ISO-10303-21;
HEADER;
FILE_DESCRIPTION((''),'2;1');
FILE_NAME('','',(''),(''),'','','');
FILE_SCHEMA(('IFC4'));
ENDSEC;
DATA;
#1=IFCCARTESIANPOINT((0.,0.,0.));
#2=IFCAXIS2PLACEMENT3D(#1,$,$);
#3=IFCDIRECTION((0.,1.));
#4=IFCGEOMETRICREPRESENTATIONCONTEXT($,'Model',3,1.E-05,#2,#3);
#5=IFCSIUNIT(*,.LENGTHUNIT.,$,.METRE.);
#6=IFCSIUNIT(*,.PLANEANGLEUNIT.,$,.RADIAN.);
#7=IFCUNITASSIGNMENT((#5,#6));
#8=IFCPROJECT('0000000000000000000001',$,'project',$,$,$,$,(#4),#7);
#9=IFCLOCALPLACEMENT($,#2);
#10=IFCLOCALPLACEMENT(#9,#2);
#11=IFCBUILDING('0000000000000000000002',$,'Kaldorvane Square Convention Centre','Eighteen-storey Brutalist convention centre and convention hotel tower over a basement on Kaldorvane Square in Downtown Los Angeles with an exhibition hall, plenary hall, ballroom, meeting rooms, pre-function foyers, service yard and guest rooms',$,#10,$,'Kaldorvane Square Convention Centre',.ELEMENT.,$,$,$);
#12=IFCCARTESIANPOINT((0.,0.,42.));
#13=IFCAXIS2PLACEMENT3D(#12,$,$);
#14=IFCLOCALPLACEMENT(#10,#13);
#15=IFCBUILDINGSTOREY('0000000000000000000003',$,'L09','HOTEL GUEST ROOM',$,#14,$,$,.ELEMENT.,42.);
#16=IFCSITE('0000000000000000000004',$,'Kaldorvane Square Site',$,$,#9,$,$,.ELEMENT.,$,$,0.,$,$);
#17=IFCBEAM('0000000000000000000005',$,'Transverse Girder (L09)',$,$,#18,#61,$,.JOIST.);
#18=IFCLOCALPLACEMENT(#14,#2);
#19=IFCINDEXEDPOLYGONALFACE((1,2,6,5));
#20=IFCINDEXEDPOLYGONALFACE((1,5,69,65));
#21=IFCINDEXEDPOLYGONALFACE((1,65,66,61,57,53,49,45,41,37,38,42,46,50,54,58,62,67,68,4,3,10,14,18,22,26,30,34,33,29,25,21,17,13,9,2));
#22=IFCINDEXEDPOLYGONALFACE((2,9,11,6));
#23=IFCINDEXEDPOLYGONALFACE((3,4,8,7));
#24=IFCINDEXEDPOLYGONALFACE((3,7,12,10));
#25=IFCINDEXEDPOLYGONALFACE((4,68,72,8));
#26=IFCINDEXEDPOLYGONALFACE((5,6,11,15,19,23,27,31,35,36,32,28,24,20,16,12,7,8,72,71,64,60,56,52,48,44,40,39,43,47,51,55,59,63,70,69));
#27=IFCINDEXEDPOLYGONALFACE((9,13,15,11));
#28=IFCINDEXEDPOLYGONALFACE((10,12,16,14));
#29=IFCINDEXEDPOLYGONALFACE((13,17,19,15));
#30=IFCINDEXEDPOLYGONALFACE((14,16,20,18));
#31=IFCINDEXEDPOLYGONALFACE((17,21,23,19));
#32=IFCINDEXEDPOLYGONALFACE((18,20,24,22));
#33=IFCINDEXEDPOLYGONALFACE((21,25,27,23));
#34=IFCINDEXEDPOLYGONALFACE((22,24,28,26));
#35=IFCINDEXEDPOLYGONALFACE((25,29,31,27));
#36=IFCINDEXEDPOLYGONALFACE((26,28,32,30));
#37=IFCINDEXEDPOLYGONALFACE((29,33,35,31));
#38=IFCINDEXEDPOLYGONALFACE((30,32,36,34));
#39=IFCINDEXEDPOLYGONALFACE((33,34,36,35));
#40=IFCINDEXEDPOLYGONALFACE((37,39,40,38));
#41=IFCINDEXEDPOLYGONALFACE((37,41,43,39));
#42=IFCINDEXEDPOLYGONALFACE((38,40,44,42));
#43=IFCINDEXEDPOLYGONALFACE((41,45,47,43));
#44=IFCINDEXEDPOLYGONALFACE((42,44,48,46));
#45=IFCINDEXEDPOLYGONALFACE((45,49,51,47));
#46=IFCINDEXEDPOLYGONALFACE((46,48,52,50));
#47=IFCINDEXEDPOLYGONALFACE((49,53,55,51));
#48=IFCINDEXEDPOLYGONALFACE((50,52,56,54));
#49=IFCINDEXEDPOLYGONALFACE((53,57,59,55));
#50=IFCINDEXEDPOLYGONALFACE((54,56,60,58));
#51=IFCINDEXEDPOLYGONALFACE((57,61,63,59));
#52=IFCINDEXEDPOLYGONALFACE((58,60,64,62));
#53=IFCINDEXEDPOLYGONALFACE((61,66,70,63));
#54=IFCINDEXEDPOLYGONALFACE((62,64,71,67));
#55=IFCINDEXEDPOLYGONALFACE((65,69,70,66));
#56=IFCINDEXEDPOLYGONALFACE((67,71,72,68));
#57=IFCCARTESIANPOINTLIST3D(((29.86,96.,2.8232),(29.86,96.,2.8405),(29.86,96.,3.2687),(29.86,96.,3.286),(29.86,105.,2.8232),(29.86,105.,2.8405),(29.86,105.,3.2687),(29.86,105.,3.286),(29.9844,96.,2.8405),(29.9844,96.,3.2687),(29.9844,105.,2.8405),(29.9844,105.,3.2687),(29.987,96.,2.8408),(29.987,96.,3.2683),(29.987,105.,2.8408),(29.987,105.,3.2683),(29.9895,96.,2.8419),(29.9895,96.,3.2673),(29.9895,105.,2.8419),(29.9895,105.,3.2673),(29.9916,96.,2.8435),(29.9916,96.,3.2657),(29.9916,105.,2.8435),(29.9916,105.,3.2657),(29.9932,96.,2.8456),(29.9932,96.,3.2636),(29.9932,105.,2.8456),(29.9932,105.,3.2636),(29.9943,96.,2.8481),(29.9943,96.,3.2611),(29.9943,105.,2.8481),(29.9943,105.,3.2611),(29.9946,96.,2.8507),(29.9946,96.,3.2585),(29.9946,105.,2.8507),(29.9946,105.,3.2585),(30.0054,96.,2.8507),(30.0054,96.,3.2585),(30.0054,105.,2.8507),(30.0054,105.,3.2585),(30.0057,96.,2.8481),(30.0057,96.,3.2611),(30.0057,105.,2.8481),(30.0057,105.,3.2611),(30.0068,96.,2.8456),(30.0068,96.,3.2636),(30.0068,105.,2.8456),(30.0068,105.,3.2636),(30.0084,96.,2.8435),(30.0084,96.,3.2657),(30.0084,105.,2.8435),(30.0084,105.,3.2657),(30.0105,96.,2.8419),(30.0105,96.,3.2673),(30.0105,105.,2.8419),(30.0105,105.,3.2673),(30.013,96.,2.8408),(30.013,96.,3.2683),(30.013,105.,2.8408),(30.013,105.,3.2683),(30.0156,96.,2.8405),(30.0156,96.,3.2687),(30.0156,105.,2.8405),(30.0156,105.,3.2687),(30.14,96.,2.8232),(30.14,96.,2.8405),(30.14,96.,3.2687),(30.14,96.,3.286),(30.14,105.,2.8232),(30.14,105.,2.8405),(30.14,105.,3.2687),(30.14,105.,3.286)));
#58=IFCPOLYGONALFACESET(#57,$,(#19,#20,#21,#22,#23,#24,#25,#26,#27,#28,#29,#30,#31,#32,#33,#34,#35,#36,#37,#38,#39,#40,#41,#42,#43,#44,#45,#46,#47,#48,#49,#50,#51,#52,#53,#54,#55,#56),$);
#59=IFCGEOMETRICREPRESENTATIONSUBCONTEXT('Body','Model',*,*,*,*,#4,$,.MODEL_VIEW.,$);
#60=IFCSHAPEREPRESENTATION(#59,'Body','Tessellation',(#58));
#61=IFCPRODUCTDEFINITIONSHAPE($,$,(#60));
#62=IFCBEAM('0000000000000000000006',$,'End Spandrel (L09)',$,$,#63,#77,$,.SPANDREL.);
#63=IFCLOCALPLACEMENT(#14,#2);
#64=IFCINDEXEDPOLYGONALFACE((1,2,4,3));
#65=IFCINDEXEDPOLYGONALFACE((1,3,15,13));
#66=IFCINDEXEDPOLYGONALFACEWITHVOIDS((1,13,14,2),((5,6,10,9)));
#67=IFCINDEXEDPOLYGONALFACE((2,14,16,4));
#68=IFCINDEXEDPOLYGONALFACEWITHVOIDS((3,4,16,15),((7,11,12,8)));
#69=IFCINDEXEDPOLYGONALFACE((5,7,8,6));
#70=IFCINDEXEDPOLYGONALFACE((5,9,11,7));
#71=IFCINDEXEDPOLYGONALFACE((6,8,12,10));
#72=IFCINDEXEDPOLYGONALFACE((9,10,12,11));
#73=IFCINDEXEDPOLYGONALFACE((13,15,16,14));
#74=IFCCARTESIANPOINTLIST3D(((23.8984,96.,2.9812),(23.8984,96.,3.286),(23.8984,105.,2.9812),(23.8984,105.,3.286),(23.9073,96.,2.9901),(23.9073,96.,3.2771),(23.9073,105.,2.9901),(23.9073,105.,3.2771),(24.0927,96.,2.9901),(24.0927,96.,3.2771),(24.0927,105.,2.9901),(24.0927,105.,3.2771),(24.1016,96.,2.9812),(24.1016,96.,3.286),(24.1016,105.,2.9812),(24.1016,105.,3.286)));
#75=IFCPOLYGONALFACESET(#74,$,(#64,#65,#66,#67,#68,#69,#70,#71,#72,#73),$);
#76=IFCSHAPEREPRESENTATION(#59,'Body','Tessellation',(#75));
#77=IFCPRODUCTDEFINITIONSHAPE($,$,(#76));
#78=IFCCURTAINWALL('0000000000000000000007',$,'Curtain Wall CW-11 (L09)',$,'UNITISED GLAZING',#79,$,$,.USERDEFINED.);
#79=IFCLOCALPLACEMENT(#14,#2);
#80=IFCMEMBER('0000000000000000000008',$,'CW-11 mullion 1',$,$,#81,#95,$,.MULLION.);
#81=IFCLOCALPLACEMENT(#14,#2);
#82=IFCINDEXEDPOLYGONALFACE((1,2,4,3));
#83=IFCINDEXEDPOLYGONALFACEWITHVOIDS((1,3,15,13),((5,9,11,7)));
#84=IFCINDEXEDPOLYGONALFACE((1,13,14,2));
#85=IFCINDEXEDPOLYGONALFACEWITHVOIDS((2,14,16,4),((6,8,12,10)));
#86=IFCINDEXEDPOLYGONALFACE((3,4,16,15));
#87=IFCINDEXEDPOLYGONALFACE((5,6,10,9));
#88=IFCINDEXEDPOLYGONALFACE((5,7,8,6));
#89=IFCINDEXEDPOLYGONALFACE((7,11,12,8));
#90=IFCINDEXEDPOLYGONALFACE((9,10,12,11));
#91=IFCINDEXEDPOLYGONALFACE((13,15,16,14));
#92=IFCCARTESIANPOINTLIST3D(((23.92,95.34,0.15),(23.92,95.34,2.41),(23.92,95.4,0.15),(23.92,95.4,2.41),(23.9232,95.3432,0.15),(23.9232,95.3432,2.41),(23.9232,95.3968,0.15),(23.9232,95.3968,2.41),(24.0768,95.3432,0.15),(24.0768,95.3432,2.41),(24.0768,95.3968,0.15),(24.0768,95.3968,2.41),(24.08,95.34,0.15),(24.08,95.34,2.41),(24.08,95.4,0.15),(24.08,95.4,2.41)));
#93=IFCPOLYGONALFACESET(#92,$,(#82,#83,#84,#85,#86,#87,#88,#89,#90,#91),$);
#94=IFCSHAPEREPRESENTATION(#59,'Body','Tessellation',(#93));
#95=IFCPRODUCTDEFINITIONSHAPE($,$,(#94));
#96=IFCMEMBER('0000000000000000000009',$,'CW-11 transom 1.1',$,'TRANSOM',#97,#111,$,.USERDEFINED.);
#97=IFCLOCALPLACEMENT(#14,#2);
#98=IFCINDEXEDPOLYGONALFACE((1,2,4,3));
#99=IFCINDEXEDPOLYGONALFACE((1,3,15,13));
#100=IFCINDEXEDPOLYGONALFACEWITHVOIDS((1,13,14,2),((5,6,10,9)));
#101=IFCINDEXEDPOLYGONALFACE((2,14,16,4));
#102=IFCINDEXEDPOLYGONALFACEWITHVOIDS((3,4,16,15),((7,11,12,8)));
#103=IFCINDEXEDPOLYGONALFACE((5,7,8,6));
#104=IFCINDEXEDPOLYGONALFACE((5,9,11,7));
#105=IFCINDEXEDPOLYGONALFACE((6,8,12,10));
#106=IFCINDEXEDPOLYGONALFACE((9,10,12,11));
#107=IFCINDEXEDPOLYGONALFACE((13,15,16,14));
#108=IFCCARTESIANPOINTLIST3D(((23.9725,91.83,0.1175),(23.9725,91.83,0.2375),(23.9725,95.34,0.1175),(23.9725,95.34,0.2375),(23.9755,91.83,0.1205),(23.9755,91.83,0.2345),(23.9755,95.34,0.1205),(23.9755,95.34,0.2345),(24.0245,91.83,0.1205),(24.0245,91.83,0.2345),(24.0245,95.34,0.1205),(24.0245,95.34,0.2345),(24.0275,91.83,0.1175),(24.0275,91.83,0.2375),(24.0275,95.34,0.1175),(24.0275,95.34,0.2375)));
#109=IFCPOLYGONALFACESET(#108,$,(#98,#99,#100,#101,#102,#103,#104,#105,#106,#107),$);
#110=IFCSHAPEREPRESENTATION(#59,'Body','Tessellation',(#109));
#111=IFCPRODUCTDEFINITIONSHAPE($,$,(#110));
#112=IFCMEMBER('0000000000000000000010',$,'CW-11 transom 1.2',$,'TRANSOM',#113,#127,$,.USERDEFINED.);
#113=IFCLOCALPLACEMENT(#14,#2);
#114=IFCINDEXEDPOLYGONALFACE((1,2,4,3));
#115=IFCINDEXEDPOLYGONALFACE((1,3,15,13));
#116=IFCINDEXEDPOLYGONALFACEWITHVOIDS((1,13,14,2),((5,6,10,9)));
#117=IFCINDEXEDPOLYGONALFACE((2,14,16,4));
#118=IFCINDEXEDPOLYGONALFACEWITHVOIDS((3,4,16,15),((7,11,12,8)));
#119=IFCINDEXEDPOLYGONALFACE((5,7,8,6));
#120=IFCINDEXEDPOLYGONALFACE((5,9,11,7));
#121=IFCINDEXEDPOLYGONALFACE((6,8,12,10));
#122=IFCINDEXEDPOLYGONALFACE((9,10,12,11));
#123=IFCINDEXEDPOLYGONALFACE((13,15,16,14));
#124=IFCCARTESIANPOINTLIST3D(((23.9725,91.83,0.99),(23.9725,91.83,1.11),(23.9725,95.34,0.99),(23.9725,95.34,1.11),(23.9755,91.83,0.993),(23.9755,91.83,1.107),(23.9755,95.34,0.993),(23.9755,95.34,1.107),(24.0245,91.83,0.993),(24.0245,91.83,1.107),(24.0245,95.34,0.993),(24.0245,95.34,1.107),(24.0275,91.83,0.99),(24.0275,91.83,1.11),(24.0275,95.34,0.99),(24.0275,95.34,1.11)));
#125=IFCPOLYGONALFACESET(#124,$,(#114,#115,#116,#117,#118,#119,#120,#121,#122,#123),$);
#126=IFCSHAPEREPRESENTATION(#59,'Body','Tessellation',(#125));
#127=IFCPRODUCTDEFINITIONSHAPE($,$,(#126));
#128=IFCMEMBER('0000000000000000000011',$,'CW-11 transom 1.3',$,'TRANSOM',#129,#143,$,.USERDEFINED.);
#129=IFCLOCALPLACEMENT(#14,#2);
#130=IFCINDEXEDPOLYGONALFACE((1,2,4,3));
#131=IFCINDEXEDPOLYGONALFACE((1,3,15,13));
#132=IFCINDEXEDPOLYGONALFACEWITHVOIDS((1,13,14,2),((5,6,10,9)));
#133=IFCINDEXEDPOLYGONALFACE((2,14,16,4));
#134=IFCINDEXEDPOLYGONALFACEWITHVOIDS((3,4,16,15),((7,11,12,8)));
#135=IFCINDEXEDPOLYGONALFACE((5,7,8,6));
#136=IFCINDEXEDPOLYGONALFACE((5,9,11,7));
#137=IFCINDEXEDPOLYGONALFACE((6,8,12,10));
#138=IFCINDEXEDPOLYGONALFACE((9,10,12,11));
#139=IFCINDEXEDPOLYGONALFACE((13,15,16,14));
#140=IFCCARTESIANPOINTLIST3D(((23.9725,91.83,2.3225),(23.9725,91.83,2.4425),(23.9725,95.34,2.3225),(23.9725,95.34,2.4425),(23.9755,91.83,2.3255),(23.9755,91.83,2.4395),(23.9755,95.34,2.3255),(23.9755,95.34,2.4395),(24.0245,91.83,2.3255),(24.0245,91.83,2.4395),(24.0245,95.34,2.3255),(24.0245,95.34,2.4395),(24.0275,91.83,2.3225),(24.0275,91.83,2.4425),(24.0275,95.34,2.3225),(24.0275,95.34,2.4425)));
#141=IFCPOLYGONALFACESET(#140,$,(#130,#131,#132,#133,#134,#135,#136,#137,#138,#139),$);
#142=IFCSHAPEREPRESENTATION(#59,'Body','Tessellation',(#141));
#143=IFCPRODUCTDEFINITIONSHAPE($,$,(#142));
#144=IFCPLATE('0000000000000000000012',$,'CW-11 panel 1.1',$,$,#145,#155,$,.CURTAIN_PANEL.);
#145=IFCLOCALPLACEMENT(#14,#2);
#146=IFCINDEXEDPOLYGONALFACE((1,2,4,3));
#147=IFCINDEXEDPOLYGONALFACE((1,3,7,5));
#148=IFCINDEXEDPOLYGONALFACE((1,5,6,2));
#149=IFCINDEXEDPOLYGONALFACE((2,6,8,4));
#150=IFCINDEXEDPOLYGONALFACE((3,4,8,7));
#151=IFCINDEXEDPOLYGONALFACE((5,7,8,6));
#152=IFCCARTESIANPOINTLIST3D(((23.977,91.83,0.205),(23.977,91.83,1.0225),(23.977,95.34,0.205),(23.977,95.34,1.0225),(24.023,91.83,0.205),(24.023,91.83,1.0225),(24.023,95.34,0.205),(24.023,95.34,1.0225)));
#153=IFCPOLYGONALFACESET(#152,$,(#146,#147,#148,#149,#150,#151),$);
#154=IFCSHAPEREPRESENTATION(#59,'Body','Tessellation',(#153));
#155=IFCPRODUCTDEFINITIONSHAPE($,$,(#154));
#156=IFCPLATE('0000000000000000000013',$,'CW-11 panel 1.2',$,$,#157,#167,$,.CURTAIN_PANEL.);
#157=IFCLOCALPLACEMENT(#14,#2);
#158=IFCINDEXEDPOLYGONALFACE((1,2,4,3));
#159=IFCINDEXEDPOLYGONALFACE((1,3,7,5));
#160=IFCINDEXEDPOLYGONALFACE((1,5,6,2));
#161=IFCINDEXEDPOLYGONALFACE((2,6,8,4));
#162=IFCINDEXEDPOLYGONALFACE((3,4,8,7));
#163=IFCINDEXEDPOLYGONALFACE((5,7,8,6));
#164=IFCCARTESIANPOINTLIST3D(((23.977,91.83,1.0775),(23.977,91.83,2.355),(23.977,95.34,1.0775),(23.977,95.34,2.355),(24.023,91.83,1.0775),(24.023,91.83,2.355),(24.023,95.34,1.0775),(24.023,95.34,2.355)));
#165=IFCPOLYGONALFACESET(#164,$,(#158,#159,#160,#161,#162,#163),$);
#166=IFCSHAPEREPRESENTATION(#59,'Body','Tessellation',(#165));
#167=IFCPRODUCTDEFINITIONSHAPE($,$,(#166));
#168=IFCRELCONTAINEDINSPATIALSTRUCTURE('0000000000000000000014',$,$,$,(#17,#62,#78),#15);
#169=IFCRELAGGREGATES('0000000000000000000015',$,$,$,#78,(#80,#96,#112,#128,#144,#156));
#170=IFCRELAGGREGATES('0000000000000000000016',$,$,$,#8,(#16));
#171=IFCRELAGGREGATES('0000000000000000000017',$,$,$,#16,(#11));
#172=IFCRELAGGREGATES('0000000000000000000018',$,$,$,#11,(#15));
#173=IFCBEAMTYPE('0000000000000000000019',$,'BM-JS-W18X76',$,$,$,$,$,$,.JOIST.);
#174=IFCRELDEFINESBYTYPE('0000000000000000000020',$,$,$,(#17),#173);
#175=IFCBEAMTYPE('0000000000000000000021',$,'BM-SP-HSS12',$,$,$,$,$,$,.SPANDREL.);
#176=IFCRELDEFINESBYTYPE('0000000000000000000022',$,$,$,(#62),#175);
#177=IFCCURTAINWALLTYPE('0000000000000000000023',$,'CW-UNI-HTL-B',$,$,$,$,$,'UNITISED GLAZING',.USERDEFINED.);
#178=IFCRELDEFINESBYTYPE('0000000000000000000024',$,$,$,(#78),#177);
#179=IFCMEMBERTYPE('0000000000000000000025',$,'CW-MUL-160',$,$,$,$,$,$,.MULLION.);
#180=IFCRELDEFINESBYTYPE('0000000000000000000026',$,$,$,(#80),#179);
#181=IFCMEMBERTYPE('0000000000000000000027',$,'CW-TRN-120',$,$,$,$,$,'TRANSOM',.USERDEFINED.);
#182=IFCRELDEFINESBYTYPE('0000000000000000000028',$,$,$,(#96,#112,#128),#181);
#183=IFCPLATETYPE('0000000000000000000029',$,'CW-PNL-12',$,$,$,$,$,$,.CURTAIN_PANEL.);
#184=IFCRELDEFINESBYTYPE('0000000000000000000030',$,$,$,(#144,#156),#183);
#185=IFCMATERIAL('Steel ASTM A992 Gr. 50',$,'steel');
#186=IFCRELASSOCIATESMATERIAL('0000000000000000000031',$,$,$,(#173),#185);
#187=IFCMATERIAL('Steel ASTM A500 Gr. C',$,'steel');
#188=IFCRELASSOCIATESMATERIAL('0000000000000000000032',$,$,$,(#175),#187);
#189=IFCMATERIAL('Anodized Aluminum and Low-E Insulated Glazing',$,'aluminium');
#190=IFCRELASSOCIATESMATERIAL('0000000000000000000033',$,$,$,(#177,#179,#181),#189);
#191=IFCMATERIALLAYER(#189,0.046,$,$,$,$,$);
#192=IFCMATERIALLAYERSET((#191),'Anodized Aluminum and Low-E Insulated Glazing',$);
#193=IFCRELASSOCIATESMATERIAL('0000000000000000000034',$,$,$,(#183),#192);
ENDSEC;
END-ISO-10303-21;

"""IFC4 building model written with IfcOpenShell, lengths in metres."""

from ifc_helpers import new_model, si_unit, direction, frame, origin, origin_2d, place, context, subcontext, project, spatial, rectangle, hollow_rectangle, i_section, extrude, material, layer, layer_set, material_profile, profile_set, type_object, element, aggregate, save


model = new_model("IFC4")

# Units and contexts
model_context = context("Model", 3, precision=1e-05, world=origin(), true_north=direction((0.0, 1.0)))
body_context = subcontext(model_context, "Body", "Model", "MODEL_VIEW")
ifc_project = project(units=[si_unit("LENGTHUNIT", "METRE"), si_unit("PLANEANGLEUNIT", "RADIAN")], contexts=[model_context])

# Site, building, storey
site_placement = place(None, origin())
site = spatial("IfcSite", under=ifc_project, at=site_placement, Name="Kaldorvane Square Site", CompositionType="ELEMENT", RefElevation=0.0)
building_placement = place(site_placement, origin())
building = spatial("IfcBuilding", under=site, at=building_placement, Name="Kaldorvane Square Convention Centre", Description="Eighteen-storey Brutalist convention centre and convention hotel tower over a basement on Kaldorvane Square in Downtown Los Angeles with an exhibition hall, plenary hall, ballroom, meeting rooms, pre-function foyers, service yard and guest rooms", LongName="Kaldorvane Square Convention Centre", CompositionType="ELEMENT")
storey_placement = place(building_placement, frame((0.0, 0.0, 42.0)))
storey = spatial("IfcBuildingStorey", under=building, at=storey_placement, Name="L09", Description="HOTEL GUEST ROOM", CompositionType="ELEMENT", Elevation=42.0)

# Shared definitions
ifc_material_1 = material(Name="Steel ASTM A992 Gr. 50", Category="steel")

# Beams
ifc_material_profile_1 = material_profile(ifc_material_1, i_section(OverallWidth=0.2799, OverallDepth=0.4628, WebThickness=0.0108, FlangeThickness=0.0173, FilletRadius=0.0102, at=origin_2d()), Name="W18X76")
ifc_profile_set_1 = profile_set([ifc_material_profile_1], Name="Steel ASTM A992 Gr. 50")
beam_type_1 = type_object("IfcBeamType", Name="BM-JS-W18X76", PredefinedType="JOIST", material=ifc_profile_set_1)
beam_1_placement = place(storey_placement, frame((30.0, 96.0, 3.0546), z_axis=(0.0, 1.0, 0.0), x_axis=(-1.0, 0.0, 0.0)))
element("IfcBeam", 1, at=beam_1_placement, inside=storey, type_object=beam_type_1, Name="Transverse Girder (L09)", PredefinedType="JOIST", context=body_context, shape_type="SweptSolid", body=[
    extrude(i_section(OverallWidth=0.2799, OverallDepth=0.4628, WebThickness=0.0108, FlangeThickness=0.0173, FilletRadius=0.0102, at=origin_2d()), origin(), (0.0, 0.0, 1.0), 9.0),
])
ifc_material_2 = material(Name="Steel ASTM A500 Gr. C", Category="steel")
ifc_material_profile_2 = material_profile(ifc_material_2, hollow_rectangle(XDim=0.2032, YDim=0.3048, WallThickness=0.0089, at=origin_2d()), Name="HSS12X8X3/8")
ifc_profile_set_2 = profile_set([ifc_material_profile_2], Name="Steel ASTM A500 Gr. C")
beam_type_2 = type_object("IfcBeamType", Name="BM-SP-HSS12", PredefinedType="SPANDREL", material=ifc_profile_set_2)
beam_2_placement = place(storey_placement, frame((24.0, 96.0, 3.1336), z_axis=(0.0, 1.0, 0.0), x_axis=(-1.0, 0.0, 0.0)))
element("IfcBeam", 2, at=beam_2_placement, inside=storey, type_object=beam_type_2, Name="End Spandrel (L09)", PredefinedType="SPANDREL", context=body_context, shape_type="SweptSolid", body=[
    extrude(hollow_rectangle(XDim=0.2032, YDim=0.3048, WallThickness=0.0089, at=origin_2d()), origin(), (0.0, 0.0, 1.0), 9.0),
])

# Curtain wall, members, plates
ifc_material_3 = material(Name="Anodized Aluminum and Low-E Insulated Glazing", Category="aluminium")
curtain_wall_type = type_object("IfcCurtainWallType", Name="CW-UNI-HTL-B", ElementType="UNITISED GLAZING", PredefinedType="USERDEFINED", material=ifc_material_3)
curtain_wall_placement = place(storey_placement, origin())
curtain_wall = element("IfcCurtainWall", 3, at=curtain_wall_placement, inside=storey, type_object=curtain_wall_type, Name="Curtain Wall CW-11 (L09)", ObjectType="UNITISED GLAZING", PredefinedType="USERDEFINED")
ifc_material_profile_3 = material_profile(ifc_material_3, hollow_rectangle(XDim=0.06, YDim=0.16, WallThickness=0.0032, at=origin_2d()), Name="CWM-160X60")
ifc_profile_set_3 = profile_set([ifc_material_profile_3], Name="Anodized Aluminum and Low-E Insulated Glazing")
member_type_1 = type_object("IfcMemberType", Name="CW-MUL-160", PredefinedType="MULLION", material=ifc_profile_set_3)
member_1_placement = place(storey_placement, frame((24.0, 95.37, 0.15), z_axis=(0.0, 0.0, 1.0), x_axis=(0.0, -1.0, 0.0)))
member_1 = element("IfcMember", 4, at=member_1_placement, type_object=member_type_1, Name="CW-11 mullion 1", PredefinedType="MULLION", context=body_context, shape_type="SweptSolid", body=[
    extrude(hollow_rectangle(XDim=0.06, YDim=0.16, WallThickness=0.0032, at=origin_2d()), origin(), (0.0, 0.0, 1.0), 2.26),
])
ifc_material_profile_4 = material_profile(ifc_material_3, hollow_rectangle(XDim=0.055, YDim=0.12, WallThickness=0.003, at=origin_2d()), Name="CWT-120X55")
ifc_profile_set_4 = profile_set([ifc_material_profile_4], Name="Anodized Aluminum and Low-E Insulated Glazing")
member_type_2 = type_object("IfcMemberType", Name="CW-TRN-120", ElementType="TRANSOM", PredefinedType="USERDEFINED", material=ifc_profile_set_4)
member_2_placement = place(storey_placement, frame((24.0, 95.34, 0.1775), z_axis=(0.0, -1.0, 0.0), x_axis=(1.0, 0.0, 0.0)))
member_2 = element("IfcMember", 5, at=member_2_placement, type_object=member_type_2, Name="CW-11 transom 1.1", ObjectType="TRANSOM", PredefinedType="USERDEFINED", context=body_context, shape_type="SweptSolid", body=[
    extrude(hollow_rectangle(XDim=0.055, YDim=0.12, WallThickness=0.003, at=origin_2d()), origin(), (0.0, 0.0, 1.0), 3.51),
])
member_3_placement = place(storey_placement, frame((24.0, 95.34, 1.05), z_axis=(0.0, -1.0, 0.0), x_axis=(1.0, 0.0, 0.0)))
member_3 = element("IfcMember", 6, at=member_3_placement, type_object=member_type_2, Name="CW-11 transom 1.2", ObjectType="TRANSOM", PredefinedType="USERDEFINED", context=body_context, shape_type="SweptSolid", body=[
    extrude(hollow_rectangle(XDim=0.055, YDim=0.12, WallThickness=0.003, at=origin_2d()), origin(), (0.0, 0.0, 1.0), 3.51),
])
member_4_placement = place(storey_placement, frame((24.0, 95.34, 2.3825), z_axis=(0.0, -1.0, 0.0), x_axis=(1.0, 0.0, 0.0)))
member_4 = element("IfcMember", 7, at=member_4_placement, type_object=member_type_2, Name="CW-11 transom 1.3", ObjectType="TRANSOM", PredefinedType="USERDEFINED", context=body_context, shape_type="SweptSolid", body=[
    extrude(hollow_rectangle(XDim=0.055, YDim=0.12, WallThickness=0.003, at=origin_2d()), origin(), (0.0, 0.0, 1.0), 3.51),
])
ifc_layer_1 = layer(ifc_material_3, 0.046)
ifc_layer_set_1 = layer_set([ifc_layer_1], Name="Anodized Aluminum and Low-E Insulated Glazing")
plate_type = type_object("IfcPlateType", Name="CW-PNL-12", PredefinedType="CURTAIN_PANEL", material=ifc_layer_set_1)
plate_1_placement = place(storey_placement, frame((24.0, 93.585, 0.205), z_axis=(0.0, 0.0, 1.0), x_axis=(0.0, -1.0, 0.0)))
plate_1 = element("IfcPlate", 8, at=plate_1_placement, type_object=plate_type, Name="CW-11 panel 1.1", PredefinedType="CURTAIN_PANEL", context=body_context, shape_type="SweptSolid", body=[
    extrude(rectangle(XDim=3.51, YDim=0.046, at=origin_2d()), origin(), (0.0, 0.0, 1.0), 0.8175),
])
plate_2_placement = place(storey_placement, frame((24.0, 93.585, 1.0775), z_axis=(0.0, 0.0, 1.0), x_axis=(0.0, -1.0, 0.0)))
plate_2 = element("IfcPlate", 9, at=plate_2_placement, type_object=plate_type, Name="CW-11 panel 1.2", PredefinedType="CURTAIN_PANEL", context=body_context, shape_type="SweptSolid", body=[
    extrude(rectangle(XDim=3.51, YDim=0.046, at=origin_2d()), origin(), (0.0, 0.0, 1.0), 1.2775),
])
aggregate(curtain_wall, [member_1, member_2, member_3, member_4, plate_1, plate_2])

save(model, "model.ifc")
